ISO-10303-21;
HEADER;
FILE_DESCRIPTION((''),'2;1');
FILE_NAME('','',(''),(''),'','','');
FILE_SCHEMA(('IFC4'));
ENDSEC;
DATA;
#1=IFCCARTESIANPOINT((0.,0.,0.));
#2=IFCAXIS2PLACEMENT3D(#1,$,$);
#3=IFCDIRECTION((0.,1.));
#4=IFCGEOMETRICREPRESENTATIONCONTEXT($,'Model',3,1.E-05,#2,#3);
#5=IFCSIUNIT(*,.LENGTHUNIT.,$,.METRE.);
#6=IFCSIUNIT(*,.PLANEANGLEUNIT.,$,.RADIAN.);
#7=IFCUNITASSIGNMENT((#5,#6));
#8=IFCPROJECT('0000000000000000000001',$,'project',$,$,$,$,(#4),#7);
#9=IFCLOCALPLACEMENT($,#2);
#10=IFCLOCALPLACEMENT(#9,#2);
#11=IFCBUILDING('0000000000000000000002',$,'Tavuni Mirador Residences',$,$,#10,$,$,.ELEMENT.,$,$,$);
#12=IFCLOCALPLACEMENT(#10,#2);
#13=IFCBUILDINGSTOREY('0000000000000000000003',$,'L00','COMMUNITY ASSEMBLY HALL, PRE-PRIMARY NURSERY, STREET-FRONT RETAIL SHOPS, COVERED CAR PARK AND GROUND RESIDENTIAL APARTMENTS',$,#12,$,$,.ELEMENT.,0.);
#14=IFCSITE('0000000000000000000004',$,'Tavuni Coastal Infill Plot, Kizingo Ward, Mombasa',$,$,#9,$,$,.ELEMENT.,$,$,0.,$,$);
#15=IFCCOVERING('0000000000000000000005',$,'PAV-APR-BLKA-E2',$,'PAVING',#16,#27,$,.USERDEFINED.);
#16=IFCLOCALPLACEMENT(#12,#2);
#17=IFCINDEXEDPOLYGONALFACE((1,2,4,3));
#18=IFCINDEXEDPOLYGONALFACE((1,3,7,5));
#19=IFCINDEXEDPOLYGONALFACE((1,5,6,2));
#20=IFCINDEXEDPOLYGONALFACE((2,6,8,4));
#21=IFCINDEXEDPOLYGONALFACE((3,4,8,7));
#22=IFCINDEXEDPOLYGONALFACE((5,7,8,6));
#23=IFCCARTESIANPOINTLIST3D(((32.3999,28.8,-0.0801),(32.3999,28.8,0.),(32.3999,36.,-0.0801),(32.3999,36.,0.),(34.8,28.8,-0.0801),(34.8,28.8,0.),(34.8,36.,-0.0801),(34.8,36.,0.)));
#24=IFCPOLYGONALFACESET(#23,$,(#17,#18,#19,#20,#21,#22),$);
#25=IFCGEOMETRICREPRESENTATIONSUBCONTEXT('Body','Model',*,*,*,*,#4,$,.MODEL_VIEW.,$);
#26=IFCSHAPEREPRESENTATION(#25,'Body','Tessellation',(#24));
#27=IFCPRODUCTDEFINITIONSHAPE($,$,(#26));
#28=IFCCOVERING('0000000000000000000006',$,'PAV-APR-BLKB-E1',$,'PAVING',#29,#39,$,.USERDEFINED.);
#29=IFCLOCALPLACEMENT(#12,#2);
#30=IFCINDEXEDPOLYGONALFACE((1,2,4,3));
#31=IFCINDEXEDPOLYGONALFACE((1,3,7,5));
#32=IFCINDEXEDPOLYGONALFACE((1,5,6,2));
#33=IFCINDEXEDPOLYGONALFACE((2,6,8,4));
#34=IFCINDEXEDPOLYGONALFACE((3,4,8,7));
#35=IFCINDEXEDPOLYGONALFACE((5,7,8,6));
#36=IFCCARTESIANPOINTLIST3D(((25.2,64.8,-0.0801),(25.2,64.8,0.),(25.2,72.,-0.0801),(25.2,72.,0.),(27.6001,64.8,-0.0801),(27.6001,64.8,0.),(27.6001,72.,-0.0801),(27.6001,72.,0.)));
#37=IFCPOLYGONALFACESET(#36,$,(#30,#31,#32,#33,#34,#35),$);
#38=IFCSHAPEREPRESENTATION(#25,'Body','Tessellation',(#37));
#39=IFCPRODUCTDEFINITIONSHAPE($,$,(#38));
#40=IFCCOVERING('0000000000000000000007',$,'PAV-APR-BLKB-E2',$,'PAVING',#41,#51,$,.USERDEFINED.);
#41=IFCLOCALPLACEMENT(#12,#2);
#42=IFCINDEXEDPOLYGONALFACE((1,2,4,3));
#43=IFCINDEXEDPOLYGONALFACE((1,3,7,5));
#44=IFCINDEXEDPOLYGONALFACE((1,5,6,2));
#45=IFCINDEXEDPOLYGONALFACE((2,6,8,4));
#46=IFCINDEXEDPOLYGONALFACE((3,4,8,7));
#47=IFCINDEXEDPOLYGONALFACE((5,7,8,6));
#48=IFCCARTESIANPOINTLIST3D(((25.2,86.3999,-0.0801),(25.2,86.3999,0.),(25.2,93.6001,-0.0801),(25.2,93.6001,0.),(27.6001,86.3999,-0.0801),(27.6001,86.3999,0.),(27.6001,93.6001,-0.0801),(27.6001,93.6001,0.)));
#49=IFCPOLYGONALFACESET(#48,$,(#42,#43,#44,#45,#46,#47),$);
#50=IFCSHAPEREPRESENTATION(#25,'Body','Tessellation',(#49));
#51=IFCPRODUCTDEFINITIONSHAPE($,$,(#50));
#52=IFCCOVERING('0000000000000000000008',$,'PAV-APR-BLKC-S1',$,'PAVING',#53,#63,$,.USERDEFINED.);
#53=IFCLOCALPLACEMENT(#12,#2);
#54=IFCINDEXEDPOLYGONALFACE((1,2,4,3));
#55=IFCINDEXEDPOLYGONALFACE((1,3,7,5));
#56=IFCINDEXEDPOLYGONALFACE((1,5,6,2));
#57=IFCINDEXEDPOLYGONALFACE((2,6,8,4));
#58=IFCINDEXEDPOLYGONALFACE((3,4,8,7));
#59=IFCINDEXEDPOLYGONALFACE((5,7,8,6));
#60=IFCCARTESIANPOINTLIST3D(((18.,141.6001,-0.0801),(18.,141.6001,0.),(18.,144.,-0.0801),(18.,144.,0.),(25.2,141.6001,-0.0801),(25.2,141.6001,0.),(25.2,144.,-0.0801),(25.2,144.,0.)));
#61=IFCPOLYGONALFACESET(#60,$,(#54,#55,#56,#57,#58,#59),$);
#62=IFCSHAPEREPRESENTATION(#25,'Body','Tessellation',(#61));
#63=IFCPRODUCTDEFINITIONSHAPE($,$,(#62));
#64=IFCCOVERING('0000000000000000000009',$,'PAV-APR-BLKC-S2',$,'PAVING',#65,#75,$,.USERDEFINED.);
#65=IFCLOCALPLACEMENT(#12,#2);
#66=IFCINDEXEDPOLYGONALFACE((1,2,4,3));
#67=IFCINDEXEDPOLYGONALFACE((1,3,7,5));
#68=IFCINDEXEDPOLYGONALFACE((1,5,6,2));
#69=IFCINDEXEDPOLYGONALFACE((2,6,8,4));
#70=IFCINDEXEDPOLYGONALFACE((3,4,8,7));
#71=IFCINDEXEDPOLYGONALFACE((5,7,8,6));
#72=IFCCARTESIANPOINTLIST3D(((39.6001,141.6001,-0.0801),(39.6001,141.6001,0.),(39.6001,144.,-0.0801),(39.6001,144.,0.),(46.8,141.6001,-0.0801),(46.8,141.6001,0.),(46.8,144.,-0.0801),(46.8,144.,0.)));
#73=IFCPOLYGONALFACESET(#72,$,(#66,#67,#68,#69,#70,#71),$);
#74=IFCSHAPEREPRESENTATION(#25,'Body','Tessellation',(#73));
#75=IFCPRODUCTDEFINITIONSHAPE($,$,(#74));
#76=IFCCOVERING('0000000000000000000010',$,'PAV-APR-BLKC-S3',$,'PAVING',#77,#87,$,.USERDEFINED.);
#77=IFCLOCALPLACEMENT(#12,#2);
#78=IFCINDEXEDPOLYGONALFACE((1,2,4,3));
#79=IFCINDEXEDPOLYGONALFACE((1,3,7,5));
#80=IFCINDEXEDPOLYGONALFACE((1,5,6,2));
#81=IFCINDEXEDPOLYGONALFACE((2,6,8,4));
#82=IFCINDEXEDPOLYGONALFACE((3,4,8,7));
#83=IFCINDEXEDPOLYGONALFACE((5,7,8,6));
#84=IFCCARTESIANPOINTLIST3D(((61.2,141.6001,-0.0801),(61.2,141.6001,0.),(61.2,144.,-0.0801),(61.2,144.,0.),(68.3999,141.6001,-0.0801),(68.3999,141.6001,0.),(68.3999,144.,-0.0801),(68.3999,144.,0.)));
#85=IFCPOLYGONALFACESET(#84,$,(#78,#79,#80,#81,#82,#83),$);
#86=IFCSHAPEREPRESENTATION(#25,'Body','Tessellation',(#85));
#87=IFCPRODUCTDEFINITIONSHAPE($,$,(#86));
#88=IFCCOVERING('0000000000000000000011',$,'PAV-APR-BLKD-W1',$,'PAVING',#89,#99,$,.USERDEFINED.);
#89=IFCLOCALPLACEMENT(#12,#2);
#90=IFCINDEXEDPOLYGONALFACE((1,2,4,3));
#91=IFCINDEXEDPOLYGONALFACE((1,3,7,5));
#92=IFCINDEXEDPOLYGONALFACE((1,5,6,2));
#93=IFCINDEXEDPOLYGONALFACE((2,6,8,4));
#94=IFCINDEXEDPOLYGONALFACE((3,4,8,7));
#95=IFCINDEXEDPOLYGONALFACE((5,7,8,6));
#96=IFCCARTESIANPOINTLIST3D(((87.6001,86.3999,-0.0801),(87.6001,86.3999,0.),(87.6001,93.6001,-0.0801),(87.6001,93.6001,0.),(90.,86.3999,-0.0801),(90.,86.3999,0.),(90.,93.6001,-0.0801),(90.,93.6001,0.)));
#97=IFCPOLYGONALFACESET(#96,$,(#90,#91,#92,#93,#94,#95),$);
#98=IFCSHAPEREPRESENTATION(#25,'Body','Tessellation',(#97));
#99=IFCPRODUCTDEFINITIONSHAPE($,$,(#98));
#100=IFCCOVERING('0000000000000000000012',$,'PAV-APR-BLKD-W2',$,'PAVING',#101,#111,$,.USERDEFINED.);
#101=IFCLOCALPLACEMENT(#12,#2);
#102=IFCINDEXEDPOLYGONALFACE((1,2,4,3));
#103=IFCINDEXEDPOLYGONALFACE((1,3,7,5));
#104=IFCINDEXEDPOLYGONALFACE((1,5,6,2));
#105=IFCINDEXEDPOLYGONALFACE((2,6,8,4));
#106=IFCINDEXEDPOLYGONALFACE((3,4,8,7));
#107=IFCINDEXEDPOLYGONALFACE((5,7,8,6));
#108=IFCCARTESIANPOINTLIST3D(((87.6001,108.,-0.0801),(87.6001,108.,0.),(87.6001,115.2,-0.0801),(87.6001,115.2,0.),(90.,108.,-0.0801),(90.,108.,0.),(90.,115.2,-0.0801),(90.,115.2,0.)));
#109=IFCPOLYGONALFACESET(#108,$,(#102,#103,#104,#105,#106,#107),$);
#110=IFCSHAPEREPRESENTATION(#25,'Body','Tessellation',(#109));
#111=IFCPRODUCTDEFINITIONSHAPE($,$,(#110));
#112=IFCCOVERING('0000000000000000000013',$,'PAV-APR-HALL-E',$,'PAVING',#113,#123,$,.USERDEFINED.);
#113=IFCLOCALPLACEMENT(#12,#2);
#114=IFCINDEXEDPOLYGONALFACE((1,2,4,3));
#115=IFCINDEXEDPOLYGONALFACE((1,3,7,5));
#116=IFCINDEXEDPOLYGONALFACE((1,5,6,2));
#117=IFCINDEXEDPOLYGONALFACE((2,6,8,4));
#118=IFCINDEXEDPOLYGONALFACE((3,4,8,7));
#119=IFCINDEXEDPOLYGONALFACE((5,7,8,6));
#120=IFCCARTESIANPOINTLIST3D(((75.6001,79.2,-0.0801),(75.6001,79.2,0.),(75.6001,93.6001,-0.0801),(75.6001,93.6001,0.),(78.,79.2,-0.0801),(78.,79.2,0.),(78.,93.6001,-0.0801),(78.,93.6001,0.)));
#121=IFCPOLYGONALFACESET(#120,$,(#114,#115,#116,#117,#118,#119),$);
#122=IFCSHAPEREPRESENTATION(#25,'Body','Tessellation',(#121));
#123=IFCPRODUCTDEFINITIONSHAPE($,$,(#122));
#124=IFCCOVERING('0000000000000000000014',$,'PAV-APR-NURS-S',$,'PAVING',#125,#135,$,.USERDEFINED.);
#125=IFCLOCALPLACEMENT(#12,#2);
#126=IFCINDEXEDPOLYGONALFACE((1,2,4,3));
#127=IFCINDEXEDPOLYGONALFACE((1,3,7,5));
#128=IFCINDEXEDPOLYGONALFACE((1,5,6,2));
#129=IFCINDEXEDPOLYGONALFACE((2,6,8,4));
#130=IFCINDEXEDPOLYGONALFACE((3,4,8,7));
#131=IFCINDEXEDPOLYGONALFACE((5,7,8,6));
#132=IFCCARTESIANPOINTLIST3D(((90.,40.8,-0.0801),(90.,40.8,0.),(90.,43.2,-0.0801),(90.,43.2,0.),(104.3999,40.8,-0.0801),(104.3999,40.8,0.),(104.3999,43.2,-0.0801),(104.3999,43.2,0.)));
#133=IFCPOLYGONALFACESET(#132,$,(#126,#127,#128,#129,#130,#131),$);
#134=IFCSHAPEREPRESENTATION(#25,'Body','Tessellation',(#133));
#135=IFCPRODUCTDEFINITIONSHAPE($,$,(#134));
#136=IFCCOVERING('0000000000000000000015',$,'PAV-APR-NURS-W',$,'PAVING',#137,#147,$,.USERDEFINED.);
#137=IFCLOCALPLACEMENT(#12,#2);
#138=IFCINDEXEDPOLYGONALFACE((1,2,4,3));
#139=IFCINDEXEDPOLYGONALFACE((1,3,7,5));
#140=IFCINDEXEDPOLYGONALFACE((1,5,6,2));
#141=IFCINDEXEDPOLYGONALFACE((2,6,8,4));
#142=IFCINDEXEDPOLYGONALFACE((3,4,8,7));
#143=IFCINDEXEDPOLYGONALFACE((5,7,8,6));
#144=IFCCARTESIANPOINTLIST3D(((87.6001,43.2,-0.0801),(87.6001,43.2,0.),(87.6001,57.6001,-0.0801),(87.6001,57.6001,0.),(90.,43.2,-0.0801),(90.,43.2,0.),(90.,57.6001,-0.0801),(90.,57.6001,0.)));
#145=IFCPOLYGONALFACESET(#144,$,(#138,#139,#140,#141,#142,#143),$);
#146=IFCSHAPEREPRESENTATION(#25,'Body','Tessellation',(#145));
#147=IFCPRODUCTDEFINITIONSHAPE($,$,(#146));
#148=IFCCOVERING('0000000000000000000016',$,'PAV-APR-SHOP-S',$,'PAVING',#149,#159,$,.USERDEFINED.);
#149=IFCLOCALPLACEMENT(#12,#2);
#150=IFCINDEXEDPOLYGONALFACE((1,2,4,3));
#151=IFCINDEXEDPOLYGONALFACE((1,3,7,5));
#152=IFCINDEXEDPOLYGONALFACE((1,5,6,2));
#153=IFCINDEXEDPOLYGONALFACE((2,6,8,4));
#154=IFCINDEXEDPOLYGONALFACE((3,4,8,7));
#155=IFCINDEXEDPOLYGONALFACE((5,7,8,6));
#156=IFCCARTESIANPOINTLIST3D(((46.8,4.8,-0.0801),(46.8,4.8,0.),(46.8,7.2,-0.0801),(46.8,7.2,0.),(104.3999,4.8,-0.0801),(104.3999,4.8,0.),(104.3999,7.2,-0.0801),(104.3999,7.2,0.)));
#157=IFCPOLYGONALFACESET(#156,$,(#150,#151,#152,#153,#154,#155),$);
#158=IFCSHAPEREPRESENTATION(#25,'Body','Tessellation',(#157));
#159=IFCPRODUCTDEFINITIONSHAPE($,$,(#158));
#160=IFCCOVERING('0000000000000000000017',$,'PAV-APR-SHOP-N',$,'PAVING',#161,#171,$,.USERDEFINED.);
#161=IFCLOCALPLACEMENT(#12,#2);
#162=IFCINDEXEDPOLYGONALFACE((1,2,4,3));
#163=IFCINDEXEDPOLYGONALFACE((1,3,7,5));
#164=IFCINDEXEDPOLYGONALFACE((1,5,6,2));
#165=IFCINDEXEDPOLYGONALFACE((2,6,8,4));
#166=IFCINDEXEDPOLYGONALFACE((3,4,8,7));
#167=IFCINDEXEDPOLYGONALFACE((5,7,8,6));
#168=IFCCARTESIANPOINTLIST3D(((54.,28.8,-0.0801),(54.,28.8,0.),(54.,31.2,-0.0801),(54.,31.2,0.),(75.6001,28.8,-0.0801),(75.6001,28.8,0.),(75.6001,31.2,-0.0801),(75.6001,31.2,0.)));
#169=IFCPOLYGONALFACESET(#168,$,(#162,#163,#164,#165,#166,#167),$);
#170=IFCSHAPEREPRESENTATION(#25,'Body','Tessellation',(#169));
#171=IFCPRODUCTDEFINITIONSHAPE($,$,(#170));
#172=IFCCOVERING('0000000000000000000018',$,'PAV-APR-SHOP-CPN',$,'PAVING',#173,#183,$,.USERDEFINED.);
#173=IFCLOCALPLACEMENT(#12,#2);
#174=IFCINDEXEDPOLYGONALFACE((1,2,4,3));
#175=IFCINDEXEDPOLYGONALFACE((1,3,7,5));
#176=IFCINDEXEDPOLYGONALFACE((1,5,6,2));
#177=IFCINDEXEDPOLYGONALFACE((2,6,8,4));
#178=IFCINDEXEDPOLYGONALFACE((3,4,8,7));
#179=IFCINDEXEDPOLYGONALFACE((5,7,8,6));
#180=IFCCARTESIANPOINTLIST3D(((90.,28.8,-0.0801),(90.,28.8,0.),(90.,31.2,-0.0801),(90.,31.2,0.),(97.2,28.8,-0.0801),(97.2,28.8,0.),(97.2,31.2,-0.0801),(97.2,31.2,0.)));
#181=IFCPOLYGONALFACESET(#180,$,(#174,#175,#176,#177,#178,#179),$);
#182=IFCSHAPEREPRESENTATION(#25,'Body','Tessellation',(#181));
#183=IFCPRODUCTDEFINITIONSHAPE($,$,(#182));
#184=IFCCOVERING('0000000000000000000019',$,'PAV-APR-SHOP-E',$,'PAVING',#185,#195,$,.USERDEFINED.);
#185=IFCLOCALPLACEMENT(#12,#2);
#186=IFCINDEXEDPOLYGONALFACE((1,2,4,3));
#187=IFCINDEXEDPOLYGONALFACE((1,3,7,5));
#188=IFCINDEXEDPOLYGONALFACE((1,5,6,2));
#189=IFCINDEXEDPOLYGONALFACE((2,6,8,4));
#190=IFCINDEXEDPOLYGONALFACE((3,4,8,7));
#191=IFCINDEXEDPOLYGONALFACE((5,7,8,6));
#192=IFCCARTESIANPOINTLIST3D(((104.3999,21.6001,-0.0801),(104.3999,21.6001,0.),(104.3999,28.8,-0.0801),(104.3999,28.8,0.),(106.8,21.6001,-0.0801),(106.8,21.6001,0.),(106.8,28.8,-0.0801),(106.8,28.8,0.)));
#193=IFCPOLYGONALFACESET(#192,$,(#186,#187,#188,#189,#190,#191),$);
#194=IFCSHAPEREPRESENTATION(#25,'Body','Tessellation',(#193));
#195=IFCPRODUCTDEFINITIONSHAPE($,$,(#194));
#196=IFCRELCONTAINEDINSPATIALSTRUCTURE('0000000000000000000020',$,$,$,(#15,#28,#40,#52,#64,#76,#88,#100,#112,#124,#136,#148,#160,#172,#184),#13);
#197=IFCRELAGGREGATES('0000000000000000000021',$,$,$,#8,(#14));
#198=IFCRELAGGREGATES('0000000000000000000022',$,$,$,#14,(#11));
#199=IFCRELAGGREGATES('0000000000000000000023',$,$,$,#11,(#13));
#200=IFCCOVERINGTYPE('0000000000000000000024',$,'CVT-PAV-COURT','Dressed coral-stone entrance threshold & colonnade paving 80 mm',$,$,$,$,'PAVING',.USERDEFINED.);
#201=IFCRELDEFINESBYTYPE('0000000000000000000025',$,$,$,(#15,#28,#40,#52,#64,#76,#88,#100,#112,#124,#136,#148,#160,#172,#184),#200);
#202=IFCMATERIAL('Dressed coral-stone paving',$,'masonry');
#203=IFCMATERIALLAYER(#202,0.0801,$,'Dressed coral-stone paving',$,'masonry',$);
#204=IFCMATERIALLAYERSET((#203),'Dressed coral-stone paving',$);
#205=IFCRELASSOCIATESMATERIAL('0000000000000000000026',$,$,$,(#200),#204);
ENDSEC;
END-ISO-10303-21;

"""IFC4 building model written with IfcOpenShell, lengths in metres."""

from ifc_helpers import new_model, si_unit, direction, frame, origin, place, context, subcontext, project, spatial, polyline, outline, extrude, material, layer, layer_set, type_object, element, save


model = new_model("IFC4")

# Units and contexts
model_context = context("Model", 3, precision=1e-05, world=origin(), true_north=direction((0.0, 1.0)))
body_context = subcontext(model_context, "Body", "Model", "MODEL_VIEW")
ifc_project = project(units=[si_unit("LENGTHUNIT", "METRE"), si_unit("PLANEANGLEUNIT", "RADIAN")], contexts=[model_context])

# Site, building, storey
site_placement = place(None, origin())
site = spatial("IfcSite", under=ifc_project, at=site_placement, Name="Tavuni Coastal Infill Plot, Kizingo Ward, Mombasa", CompositionType="ELEMENT", RefElevation=0.0)
building_placement = place(site_placement, origin())
building = spatial("IfcBuilding", under=site, at=building_placement, Name="Tavuni Mirador Residences", CompositionType="ELEMENT")
storey_placement = place(building_placement, origin())
storey = spatial("IfcBuildingStorey", under=building, at=storey_placement, Name="L00", Description="COMMUNITY ASSEMBLY HALL, PRE-PRIMARY NURSERY, STREET-FRONT RETAIL SHOPS, COVERED CAR PARK AND GROUND RESIDENTIAL APARTMENTS", CompositionType="ELEMENT", Elevation=0.0)

# Coverings
ifc_material_1 = material(Name="Dressed coral-stone paving", Category="masonry")
ifc_layer_1 = layer(ifc_material_1, 0.0801, Name="Dressed coral-stone paving", Category="masonry")
ifc_layer_set_1 = layer_set([ifc_layer_1], Name="Dressed coral-stone paving")
covering_type = type_object("IfcCoveringType", Name="CVT-PAV-COURT", Description="Dressed coral-stone entrance threshold & colonnade paving 80 mm", ElementType="PAVING", PredefinedType="USERDEFINED", material=ifc_layer_set_1)
covering_1_placement = place(storey_placement, frame((0.0, 0.0, -0.0801)))
element("IfcCovering", 1, at=covering_1_placement, inside=storey, type_object=covering_type, Name="PAV-APR-BLKA-E2", ObjectType="PAVING", PredefinedType="USERDEFINED", context=body_context, shape_type="SweptSolid", body=[
    extrude(outline(polyline([(32.3999, 28.8), (34.8, 28.8), (34.8, 36.0), (32.3999, 36.0), (32.3999, 28.8)])), origin(), (0.0, 0.0, 1.0), 0.0801),
])
covering_2_placement = place(storey_placement, frame((0.0, 0.0, -0.0801)))
element("IfcCovering", 2, at=covering_2_placement, inside=storey, type_object=covering_type, Name="PAV-APR-BLKB-E1", ObjectType="PAVING", PredefinedType="USERDEFINED", context=body_context, shape_type="SweptSolid", body=[
    extrude(outline(polyline([(25.2, 64.8), (27.6001, 64.8), (27.6001, 72.0), (25.2, 72.0), (25.2, 64.8)])), origin(), (0.0, 0.0, 1.0), 0.0801),
])
covering_3_placement = place(storey_placement, frame((0.0, 0.0, -0.0801)))
element("IfcCovering", 3, at=covering_3_placement, inside=storey, type_object=covering_type, Name="PAV-APR-BLKB-E2", ObjectType="PAVING", PredefinedType="USERDEFINED", context=body_context, shape_type="SweptSolid", body=[
    extrude(outline(polyline([(25.2, 86.3999), (27.6001, 86.3999), (27.6001, 93.6001), (25.2, 93.6001), (25.2, 86.3999)])), origin(), (0.0, 0.0, 1.0), 0.0801),
])
covering_4_placement = place(storey_placement, frame((0.0, 0.0, -0.0801)))
element("IfcCovering", 4, at=covering_4_placement, inside=storey, type_object=covering_type, Name="PAV-APR-BLKC-S1", ObjectType="PAVING", PredefinedType="USERDEFINED", context=body_context, shape_type="SweptSolid", body=[
    extrude(outline(polyline([(18.0, 141.6001), (25.2, 141.6001), (25.2, 144.0), (18.0, 144.0), (18.0, 141.6001)])), origin(), (0.0, 0.0, 1.0), 0.0801),
])
covering_5_placement = place(storey_placement, frame((0.0, 0.0, -0.0801)))
element("IfcCovering", 5, at=covering_5_placement, inside=storey, type_object=covering_type, Name="PAV-APR-BLKC-S2", ObjectType="PAVING", PredefinedType="USERDEFINED", context=body_context, shape_type="SweptSolid", body=[
    extrude(outline(polyline([(39.6001, 141.6001), (46.8, 141.6001), (46.8, 144.0), (39.6001, 144.0), (39.6001, 141.6001)])), origin(), (0.0, 0.0, 1.0), 0.0801),
])
covering_6_placement = place(storey_placement, frame((0.0, 0.0, -0.0801)))
element("IfcCovering", 6, at=covering_6_placement, inside=storey, type_object=covering_type, Name="PAV-APR-BLKC-S3", ObjectType="PAVING", PredefinedType="USERDEFINED", context=body_context, shape_type="SweptSolid", body=[
    extrude(outline(polyline([(61.2, 141.6001), (68.3999, 141.6001), (68.3999, 144.0), (61.2, 144.0), (61.2, 141.6001)])), origin(), (0.0, 0.0, 1.0), 0.0801),
])
covering_7_placement = place(storey_placement, frame((0.0, 0.0, -0.0801)))
element("IfcCovering", 7, at=covering_7_placement, inside=storey, type_object=covering_type, Name="PAV-APR-BLKD-W1", ObjectType="PAVING", PredefinedType="USERDEFINED", context=body_context, shape_type="SweptSolid", body=[
    extrude(outline(polyline([(87.6001, 86.3999), (90.0, 86.3999), (90.0, 93.6001), (87.6001, 93.6001), (87.6001, 86.3999)])), origin(), (0.0, 0.0, 1.0), 0.0801),
])
covering_8_placement = place(storey_placement, frame((0.0, 0.0, -0.0801)))
element("IfcCovering", 8, at=covering_8_placement, inside=storey, type_object=covering_type, Name="PAV-APR-BLKD-W2", ObjectType="PAVING", PredefinedType="USERDEFINED", context=body_context, shape_type="SweptSolid", body=[
    extrude(outline(polyline([(87.6001, 108.0), (90.0, 108.0), (90.0, 115.2), (87.6001, 115.2), (87.6001, 108.0)])), origin(), (0.0, 0.0, 1.0), 0.0801),
])
covering_9_placement = place(storey_placement, frame((0.0, 0.0, -0.0801)))
element("IfcCovering", 9, at=covering_9_placement, inside=storey, type_object=covering_type, Name="PAV-APR-HALL-E", ObjectType="PAVING", PredefinedType="USERDEFINED", context=body_context, shape_type="SweptSolid", body=[
    extrude(outline(polyline([(75.6001, 79.2), (78.0, 79.2), (78.0, 93.6001), (75.6001, 93.6001), (75.6001, 79.2)])), origin(), (0.0, 0.0, 1.0), 0.0801),
])
covering_10_placement = place(storey_placement, frame((0.0, 0.0, -0.0801)))
element("IfcCovering", 10, at=covering_10_placement, inside=storey, type_object=covering_type, Name="PAV-APR-NURS-S", ObjectType="PAVING", PredefinedType="USERDEFINED", context=body_context, shape_type="SweptSolid", body=[
    extrude(outline(polyline([(90.0, 40.8), (104.3999, 40.8), (104.3999, 43.2), (90.0, 43.2), (90.0, 40.8)])), origin(), (0.0, 0.0, 1.0), 0.0801),
])
covering_11_placement = place(storey_placement, frame((0.0, 0.0, -0.0801)))
element("IfcCovering", 11, at=covering_11_placement, inside=storey, type_object=covering_type, Name="PAV-APR-NURS-W", ObjectType="PAVING", PredefinedType="USERDEFINED", context=body_context, shape_type="SweptSolid", body=[
    extrude(outline(polyline([(87.6001, 43.2), (90.0, 43.2), (90.0, 57.6001), (87.6001, 57.6001), (87.6001, 43.2)])), origin(), (0.0, 0.0, 1.0), 0.0801),
])
covering_12_placement = place(storey_placement, frame((0.0, 0.0, -0.0801)))
element("IfcCovering", 12, at=covering_12_placement, inside=storey, type_object=covering_type, Name="PAV-APR-SHOP-S", ObjectType="PAVING", PredefinedType="USERDEFINED", context=body_context, shape_type="SweptSolid", body=[
    extrude(outline(polyline([(46.8, 4.8), (104.3999, 4.8), (104.3999, 7.2), (46.8, 7.2), (46.8, 4.8)])), origin(), (0.0, 0.0, 1.0), 0.0801),
])
covering_13_placement = place(storey_placement, frame((0.0, 0.0, -0.0801)))
element("IfcCovering", 13, at=covering_13_placement, inside=storey, type_object=covering_type, Name="PAV-APR-SHOP-N", ObjectType="PAVING", PredefinedType="USERDEFINED", context=body_context, shape_type="SweptSolid", body=[
    extrude(outline(polyline([(54.0, 28.8), (75.6001, 28.8), (75.6001, 31.2), (54.0, 31.2), (54.0, 28.8)])), origin(), (0.0, 0.0, 1.0), 0.0801),
])
covering_14_placement = place(storey_placement, frame((0.0, 0.0, -0.0801)))
element("IfcCovering", 14, at=covering_14_placement, inside=storey, type_object=covering_type, Name="PAV-APR-SHOP-CPN", ObjectType="PAVING", PredefinedType="USERDEFINED", context=body_context, shape_type="SweptSolid", body=[
    extrude(outline(polyline([(90.0, 28.8), (97.2, 28.8), (97.2, 31.2), (90.0, 31.2), (90.0, 28.8)])), origin(), (0.0, 0.0, 1.0), 0.0801),
])
covering_15_placement = place(storey_placement, frame((0.0, 0.0, -0.0801)))
element("IfcCovering", 15, at=covering_15_placement, inside=storey, type_object=covering_type, Name="PAV-APR-SHOP-E", ObjectType="PAVING", PredefinedType="USERDEFINED", context=body_context, shape_type="SweptSolid", body=[
    extrude(outline(polyline([(104.3999, 21.6001), (106.8, 21.6001), (106.8, 28.8), (104.3999, 28.8), (104.3999, 21.6001)])), origin(), (0.0, 0.0, 1.0), 0.0801),
])

save(model, "model.ifc")
